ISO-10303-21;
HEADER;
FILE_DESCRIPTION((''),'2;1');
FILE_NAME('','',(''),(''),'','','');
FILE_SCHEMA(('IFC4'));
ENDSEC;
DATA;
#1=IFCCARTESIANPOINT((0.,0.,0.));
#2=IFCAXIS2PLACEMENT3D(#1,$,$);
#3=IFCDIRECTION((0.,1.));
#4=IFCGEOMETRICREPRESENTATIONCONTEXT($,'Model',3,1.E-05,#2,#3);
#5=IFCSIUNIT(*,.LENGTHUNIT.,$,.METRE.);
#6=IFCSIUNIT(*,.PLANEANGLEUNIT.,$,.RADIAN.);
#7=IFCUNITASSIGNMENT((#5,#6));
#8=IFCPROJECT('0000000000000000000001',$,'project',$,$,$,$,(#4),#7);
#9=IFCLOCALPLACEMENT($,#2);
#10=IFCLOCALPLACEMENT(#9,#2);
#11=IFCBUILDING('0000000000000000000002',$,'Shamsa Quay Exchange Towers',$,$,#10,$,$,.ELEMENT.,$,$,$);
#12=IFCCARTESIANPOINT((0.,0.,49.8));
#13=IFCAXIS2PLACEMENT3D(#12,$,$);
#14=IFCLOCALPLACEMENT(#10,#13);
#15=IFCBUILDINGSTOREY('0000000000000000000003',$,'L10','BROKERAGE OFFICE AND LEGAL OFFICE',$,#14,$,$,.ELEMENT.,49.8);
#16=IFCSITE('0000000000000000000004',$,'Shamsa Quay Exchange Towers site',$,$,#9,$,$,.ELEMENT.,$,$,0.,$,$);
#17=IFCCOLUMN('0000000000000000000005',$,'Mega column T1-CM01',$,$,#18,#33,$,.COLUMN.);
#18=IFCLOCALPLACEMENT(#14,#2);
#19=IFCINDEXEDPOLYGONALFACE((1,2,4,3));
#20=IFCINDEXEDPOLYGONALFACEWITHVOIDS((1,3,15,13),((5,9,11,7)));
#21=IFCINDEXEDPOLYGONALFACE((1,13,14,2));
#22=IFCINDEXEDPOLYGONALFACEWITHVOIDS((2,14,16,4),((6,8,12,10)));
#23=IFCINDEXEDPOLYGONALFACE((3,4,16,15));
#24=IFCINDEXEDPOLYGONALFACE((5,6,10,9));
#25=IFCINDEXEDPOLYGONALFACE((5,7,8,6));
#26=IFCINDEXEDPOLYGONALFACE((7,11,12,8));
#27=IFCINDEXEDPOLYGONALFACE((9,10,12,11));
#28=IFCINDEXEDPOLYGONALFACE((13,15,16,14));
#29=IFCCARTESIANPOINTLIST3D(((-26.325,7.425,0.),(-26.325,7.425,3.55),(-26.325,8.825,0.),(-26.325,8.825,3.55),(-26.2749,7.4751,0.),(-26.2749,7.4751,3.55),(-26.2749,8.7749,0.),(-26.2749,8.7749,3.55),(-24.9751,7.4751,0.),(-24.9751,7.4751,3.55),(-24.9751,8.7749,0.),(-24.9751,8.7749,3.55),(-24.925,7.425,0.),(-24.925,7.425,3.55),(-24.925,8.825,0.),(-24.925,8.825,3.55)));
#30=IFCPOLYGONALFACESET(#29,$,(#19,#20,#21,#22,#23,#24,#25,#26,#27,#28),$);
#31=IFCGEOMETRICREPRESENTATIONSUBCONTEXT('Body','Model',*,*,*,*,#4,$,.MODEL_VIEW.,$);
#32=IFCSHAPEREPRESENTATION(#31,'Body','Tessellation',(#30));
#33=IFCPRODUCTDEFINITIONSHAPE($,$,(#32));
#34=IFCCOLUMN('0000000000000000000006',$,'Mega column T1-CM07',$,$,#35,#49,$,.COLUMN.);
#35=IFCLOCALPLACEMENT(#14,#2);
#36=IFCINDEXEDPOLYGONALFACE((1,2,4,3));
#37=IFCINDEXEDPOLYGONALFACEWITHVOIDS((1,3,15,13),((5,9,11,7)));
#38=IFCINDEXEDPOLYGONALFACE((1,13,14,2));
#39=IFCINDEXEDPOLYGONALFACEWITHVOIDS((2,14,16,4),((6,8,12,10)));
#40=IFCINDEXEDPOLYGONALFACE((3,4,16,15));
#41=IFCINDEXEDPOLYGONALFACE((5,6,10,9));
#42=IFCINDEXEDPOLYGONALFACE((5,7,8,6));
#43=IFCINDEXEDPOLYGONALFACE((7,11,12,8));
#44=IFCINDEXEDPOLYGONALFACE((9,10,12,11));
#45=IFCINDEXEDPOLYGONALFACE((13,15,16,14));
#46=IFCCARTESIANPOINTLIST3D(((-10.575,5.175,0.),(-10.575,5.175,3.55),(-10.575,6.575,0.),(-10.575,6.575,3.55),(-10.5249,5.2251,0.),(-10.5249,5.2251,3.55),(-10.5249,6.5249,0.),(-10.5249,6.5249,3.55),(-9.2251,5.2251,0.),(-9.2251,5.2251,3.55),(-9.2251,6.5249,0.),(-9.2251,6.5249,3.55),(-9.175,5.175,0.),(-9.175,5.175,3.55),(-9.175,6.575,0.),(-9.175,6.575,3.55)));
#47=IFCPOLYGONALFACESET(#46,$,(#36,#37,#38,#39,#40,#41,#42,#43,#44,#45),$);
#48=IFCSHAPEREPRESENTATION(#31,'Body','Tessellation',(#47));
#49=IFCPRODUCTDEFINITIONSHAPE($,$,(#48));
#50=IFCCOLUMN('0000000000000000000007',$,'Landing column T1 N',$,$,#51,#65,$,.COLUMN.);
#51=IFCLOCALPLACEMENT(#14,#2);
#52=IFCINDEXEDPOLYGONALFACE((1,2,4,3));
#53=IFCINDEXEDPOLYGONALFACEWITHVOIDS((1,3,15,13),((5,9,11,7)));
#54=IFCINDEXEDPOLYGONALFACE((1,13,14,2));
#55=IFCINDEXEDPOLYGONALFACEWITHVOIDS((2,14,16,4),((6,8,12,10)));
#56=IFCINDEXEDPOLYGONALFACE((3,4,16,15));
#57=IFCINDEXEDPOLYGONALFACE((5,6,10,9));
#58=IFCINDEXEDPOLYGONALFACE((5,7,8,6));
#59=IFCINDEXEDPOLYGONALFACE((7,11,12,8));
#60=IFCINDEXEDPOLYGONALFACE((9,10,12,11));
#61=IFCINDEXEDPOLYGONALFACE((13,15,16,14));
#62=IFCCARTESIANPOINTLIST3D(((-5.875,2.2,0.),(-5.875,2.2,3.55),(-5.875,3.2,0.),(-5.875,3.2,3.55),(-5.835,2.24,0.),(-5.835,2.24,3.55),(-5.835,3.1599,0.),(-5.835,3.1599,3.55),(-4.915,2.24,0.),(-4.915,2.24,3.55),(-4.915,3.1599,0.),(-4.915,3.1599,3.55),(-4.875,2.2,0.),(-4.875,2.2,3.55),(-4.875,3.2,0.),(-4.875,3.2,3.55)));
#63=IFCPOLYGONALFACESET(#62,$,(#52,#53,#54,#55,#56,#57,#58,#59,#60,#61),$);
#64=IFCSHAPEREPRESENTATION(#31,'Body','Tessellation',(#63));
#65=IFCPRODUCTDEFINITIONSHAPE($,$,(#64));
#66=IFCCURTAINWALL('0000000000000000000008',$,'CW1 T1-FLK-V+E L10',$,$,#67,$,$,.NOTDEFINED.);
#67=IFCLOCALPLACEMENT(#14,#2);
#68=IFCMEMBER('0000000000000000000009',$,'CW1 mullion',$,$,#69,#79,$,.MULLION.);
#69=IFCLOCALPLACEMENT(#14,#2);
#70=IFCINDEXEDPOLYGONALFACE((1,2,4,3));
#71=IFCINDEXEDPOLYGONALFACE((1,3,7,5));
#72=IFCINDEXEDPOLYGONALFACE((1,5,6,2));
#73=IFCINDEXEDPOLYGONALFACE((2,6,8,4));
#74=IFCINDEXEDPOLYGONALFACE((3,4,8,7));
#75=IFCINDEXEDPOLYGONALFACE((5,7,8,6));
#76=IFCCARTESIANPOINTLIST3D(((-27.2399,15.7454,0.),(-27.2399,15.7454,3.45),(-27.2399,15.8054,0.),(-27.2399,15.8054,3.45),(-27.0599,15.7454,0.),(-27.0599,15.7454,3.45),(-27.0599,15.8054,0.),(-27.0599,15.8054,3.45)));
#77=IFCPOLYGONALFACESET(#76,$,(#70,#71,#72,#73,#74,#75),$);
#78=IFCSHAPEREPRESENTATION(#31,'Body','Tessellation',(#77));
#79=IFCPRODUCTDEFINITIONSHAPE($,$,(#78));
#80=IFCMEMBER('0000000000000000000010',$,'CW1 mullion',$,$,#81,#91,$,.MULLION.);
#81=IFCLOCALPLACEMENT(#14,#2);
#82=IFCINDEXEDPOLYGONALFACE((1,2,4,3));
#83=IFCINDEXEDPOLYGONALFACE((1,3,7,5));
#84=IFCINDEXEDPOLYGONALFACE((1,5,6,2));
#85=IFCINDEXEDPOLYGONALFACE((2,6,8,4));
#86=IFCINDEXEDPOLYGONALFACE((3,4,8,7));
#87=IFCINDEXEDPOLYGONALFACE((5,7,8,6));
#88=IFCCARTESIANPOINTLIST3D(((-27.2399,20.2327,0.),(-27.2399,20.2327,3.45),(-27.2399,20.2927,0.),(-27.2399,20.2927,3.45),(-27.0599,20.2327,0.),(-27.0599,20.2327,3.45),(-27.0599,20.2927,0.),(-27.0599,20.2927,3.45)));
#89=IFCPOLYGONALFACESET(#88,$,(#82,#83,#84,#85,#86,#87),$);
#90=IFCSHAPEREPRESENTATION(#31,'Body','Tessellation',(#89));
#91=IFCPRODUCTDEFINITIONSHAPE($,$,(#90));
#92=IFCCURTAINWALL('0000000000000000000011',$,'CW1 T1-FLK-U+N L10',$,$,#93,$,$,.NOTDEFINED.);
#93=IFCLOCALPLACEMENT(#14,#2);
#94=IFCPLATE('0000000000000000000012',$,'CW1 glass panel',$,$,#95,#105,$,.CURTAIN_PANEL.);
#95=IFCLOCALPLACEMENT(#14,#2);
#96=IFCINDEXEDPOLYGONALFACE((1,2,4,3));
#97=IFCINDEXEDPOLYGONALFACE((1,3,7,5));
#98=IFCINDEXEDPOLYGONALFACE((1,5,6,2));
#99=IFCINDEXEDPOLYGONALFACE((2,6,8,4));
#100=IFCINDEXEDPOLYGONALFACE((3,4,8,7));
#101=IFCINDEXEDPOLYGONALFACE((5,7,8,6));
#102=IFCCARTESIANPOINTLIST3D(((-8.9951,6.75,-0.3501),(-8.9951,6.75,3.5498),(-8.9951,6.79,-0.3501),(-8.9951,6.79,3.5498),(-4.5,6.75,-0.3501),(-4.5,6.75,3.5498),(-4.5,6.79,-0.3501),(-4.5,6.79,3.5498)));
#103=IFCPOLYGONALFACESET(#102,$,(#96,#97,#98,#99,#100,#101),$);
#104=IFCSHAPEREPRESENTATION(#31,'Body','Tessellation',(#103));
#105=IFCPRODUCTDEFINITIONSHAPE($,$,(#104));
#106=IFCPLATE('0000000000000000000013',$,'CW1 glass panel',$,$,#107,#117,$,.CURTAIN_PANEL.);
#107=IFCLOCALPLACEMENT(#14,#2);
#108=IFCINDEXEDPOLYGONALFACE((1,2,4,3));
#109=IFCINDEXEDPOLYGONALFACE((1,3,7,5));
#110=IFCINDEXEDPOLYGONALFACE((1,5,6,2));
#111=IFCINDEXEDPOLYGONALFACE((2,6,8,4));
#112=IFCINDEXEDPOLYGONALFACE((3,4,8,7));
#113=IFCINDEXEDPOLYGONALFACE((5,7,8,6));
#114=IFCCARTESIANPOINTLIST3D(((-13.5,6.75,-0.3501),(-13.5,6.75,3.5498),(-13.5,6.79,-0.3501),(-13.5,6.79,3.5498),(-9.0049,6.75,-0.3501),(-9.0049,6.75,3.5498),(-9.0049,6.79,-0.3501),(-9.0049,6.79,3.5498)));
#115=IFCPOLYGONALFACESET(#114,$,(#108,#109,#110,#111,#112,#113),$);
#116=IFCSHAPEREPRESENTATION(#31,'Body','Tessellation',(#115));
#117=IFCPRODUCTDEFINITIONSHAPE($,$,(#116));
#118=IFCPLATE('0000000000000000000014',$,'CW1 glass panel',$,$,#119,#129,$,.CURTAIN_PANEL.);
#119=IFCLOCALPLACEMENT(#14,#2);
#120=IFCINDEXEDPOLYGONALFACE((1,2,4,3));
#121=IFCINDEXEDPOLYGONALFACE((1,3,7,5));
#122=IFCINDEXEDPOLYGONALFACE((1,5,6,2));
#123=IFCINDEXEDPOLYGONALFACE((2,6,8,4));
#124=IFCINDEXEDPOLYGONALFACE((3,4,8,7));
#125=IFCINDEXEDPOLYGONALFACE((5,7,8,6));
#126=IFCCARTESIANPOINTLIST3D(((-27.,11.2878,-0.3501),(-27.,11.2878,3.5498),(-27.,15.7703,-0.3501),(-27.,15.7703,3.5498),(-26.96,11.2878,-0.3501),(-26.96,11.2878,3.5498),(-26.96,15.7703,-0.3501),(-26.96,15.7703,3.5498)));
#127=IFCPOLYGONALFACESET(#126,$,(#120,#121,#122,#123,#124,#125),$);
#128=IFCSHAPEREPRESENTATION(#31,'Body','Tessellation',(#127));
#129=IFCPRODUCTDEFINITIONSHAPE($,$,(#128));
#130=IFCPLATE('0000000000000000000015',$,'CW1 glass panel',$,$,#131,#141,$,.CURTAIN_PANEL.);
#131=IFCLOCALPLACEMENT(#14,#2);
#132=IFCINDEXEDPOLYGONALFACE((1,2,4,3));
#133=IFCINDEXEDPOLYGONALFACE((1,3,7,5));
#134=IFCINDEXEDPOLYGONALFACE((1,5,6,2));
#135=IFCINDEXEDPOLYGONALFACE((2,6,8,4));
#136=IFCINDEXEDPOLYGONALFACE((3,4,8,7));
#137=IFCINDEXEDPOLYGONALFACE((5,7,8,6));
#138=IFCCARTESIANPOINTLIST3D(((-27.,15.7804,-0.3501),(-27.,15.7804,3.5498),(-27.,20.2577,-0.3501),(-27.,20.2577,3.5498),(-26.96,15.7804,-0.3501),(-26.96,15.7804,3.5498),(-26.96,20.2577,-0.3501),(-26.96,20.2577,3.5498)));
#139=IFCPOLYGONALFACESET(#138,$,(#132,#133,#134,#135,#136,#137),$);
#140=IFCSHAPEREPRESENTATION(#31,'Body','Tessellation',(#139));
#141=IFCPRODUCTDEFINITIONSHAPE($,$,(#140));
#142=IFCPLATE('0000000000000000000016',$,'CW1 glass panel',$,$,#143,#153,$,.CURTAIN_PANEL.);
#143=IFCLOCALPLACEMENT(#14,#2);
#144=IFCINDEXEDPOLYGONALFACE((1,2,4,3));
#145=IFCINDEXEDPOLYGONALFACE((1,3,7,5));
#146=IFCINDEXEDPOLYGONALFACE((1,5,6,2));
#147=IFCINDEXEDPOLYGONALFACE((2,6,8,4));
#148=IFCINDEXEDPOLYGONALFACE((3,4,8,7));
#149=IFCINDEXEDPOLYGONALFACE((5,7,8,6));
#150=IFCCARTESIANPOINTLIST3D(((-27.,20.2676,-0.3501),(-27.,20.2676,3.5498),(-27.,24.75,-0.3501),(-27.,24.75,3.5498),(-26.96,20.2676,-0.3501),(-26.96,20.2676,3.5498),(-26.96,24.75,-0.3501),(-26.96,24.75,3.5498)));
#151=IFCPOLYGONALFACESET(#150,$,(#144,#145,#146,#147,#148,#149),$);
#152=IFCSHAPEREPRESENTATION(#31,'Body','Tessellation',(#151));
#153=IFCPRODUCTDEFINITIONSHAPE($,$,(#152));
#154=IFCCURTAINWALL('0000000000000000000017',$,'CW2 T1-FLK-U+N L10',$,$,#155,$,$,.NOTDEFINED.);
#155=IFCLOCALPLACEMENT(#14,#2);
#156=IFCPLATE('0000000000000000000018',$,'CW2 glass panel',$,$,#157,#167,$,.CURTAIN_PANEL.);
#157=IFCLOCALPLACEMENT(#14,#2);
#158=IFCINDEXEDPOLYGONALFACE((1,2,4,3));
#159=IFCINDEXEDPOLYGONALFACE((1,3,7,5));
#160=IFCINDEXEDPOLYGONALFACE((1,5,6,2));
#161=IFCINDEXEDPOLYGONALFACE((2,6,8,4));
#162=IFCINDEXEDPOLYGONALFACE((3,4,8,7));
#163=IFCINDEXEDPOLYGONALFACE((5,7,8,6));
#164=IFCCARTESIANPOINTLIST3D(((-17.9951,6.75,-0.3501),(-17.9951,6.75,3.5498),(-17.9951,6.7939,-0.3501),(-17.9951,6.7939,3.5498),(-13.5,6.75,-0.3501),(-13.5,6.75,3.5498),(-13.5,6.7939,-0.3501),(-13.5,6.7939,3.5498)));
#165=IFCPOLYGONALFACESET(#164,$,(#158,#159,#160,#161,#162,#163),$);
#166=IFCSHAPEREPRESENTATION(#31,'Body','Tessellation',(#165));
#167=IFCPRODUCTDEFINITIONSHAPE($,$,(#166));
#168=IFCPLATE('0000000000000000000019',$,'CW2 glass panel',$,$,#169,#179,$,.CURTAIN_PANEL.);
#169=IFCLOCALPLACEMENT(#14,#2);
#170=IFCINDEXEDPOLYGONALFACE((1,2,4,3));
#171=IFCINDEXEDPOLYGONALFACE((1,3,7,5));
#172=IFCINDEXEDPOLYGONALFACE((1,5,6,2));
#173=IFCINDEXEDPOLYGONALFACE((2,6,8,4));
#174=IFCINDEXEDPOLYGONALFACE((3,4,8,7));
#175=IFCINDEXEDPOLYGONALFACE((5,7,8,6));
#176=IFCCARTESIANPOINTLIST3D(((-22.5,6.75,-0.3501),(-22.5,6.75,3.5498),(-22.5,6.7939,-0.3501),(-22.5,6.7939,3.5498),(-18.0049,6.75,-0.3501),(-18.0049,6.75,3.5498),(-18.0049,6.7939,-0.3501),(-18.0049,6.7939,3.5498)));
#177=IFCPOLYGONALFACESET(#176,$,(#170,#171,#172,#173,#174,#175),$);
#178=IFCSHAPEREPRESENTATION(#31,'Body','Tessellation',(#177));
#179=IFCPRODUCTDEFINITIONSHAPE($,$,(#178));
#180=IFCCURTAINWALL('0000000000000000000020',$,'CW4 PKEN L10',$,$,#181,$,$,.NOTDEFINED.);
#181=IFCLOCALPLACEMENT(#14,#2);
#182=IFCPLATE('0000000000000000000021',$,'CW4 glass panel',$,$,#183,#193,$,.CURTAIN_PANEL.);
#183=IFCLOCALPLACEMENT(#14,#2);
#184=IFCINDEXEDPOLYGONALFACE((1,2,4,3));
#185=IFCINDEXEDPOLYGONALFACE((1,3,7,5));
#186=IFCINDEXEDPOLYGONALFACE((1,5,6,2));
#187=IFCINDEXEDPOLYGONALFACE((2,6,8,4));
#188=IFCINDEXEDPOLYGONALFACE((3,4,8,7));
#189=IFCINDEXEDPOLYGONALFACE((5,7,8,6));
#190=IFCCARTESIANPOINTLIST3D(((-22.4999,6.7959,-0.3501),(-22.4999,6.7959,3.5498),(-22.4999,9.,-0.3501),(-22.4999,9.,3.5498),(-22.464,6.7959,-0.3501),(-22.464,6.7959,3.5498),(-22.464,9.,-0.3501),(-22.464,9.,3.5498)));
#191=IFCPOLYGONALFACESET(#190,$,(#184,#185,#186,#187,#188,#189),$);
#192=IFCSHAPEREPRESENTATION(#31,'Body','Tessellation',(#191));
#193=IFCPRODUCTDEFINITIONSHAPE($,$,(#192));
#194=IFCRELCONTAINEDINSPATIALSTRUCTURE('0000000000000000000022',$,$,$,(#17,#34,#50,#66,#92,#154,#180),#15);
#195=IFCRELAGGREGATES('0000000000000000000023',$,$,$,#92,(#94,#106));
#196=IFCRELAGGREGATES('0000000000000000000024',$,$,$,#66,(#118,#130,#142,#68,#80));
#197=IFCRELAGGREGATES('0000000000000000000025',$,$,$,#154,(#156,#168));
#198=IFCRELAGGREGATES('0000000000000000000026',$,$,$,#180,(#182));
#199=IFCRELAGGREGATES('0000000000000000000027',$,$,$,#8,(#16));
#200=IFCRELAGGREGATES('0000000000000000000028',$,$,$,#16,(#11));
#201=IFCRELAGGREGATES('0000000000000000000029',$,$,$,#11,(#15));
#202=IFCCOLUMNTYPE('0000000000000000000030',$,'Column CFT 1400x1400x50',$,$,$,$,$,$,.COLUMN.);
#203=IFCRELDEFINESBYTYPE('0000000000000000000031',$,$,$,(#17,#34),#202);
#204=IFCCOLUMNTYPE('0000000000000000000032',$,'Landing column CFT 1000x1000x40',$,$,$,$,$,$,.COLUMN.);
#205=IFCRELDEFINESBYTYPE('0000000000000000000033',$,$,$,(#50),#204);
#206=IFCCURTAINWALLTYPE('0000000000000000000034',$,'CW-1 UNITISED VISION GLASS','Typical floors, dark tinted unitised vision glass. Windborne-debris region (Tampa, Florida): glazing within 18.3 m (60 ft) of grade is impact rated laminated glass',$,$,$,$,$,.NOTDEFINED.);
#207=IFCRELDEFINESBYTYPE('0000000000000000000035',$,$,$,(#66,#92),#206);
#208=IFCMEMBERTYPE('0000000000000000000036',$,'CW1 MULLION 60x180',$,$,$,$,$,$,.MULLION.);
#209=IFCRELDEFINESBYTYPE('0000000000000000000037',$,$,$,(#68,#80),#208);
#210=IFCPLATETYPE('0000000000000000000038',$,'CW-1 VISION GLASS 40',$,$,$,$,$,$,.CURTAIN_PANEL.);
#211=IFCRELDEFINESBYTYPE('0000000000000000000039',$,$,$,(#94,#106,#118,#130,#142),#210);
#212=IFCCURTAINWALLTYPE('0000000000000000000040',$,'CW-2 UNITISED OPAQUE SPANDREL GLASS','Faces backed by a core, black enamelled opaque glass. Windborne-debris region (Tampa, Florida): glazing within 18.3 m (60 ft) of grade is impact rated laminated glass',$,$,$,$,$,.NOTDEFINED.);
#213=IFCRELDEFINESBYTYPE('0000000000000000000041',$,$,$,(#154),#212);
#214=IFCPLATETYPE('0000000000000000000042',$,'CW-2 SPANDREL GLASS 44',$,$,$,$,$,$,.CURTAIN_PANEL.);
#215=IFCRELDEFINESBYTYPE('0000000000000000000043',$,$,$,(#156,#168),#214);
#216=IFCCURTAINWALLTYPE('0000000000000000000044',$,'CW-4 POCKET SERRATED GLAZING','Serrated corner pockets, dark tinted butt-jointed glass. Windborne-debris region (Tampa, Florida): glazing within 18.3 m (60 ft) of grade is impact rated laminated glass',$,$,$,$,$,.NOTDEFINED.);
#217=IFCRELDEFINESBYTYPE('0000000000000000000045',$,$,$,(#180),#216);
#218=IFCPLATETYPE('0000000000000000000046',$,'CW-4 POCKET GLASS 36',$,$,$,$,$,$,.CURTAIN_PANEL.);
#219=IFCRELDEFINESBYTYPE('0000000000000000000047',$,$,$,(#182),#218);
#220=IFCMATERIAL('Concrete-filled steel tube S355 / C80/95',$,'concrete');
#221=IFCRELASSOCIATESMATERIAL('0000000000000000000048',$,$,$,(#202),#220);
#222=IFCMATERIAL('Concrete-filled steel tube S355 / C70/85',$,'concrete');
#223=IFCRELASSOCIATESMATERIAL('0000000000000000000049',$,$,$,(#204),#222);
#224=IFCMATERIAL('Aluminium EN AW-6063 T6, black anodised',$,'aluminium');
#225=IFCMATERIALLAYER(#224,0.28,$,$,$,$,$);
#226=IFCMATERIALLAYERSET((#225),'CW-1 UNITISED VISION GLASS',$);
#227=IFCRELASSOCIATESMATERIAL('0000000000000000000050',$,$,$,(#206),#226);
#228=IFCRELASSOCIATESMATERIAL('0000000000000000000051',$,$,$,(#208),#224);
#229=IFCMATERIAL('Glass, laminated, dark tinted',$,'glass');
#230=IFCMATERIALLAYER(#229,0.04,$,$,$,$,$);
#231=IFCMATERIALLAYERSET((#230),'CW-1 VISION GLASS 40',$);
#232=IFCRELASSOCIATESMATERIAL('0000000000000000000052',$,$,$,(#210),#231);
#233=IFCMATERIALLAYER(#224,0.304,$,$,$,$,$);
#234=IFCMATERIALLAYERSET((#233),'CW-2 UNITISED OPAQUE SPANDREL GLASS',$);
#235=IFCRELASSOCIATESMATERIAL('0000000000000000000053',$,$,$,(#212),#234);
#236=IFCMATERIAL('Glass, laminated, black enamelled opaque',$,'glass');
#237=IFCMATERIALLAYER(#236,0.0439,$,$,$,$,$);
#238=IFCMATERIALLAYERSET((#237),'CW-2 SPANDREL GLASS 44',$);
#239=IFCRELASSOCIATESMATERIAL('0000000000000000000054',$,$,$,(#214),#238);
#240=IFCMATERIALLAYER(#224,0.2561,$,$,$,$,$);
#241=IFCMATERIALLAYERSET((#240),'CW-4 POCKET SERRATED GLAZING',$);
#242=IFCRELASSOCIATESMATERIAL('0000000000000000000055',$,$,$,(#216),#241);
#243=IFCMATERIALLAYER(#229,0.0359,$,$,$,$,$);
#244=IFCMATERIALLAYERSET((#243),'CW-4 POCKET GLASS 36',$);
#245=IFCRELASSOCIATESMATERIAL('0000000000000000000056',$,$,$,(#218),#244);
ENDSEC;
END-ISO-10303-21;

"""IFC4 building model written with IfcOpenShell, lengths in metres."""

from ifc_helpers import new_model, si_unit, direction, frame, origin, origin_2d, place, context, subcontext, project, spatial, rectangle, hollow_rectangle, extrude, material, layer, layer_set, material_profile, profile_set, type_object, element, aggregate, save


model = new_model("IFC4")

# Units and contexts
model_context = context("Model", 3, precision=1e-05, world=origin(), true_north=direction((0.0, 1.0)))
body_context = subcontext(model_context, "Body", "Model", "MODEL_VIEW")
ifc_project = project(units=[si_unit("LENGTHUNIT", "METRE"), si_unit("PLANEANGLEUNIT", "RADIAN")], contexts=[model_context])

# Site, building, storey
site_placement = place(None, origin())
site = spatial("IfcSite", under=ifc_project, at=site_placement, Name="Shamsa Quay Exchange Towers site", CompositionType="ELEMENT", RefElevation=0.0)
building_placement = place(site_placement, origin())
building = spatial("IfcBuilding", under=site, at=building_placement, Name="Shamsa Quay Exchange Towers", CompositionType="ELEMENT")
storey_placement = place(building_placement, frame((0.0, 0.0, 49.8)))
storey = spatial("IfcBuildingStorey", under=building, at=storey_placement, Name="L10", Description="BROKERAGE OFFICE AND LEGAL OFFICE", CompositionType="ELEMENT", Elevation=49.8)

# Columns
ifc_material_1 = material(Name="Concrete-filled steel tube S355 / C80/95", Category="concrete")
ifc_material_profile_1 = material_profile(ifc_material_1, hollow_rectangle(XDim=1.3999, YDim=1.3999, WallThickness=0.05, at=origin_2d()), Name="CFT 1400x1400x50")
ifc_profile_set_1 = profile_set([ifc_material_profile_1], Name="Concrete-filled steel tube S355 / C80/95")
column_type_1 = type_object("IfcColumnType", Name="Column CFT 1400x1400x50", PredefinedType="COLUMN", material=ifc_profile_set_1)
for number, where, name in (
    (1, (-25.625, 8.125, 0.0), "Mega column T1-CM01"),
    (2, (-9.875, 5.875, 0.0), "Mega column T1-CM07"),
):
    element("IfcColumn", number, at=place(storey_placement, frame(where)), inside=storey, type_object=column_type_1, Name=name, PredefinedType="COLUMN", context=body_context, shape_type="SweptSolid", body=[
        extrude(hollow_rectangle(XDim=1.3999, YDim=1.3999, WallThickness=0.05, at=origin_2d()), origin(), (0.0, 0.0, 1.0), 3.55),
    ])
ifc_material_2 = material(Name="Concrete-filled steel tube S355 / C70/85", Category="concrete")
ifc_material_profile_2 = material_profile(ifc_material_2, hollow_rectangle(XDim=1.0, YDim=1.0, WallThickness=0.04, at=origin_2d()), Name="CFT 1000x1000x40")
ifc_profile_set_2 = profile_set([ifc_material_profile_2], Name="Concrete-filled steel tube S355 / C70/85")
column_type_2 = type_object("IfcColumnType", Name="Landing column CFT 1000x1000x40", PredefinedType="COLUMN", material=ifc_profile_set_2)
column_placement = place(storey_placement, frame((-5.375, 2.7, 0.0)))
element("IfcColumn", 3, at=column_placement, inside=storey, type_object=column_type_2, Name="Landing column T1 N", PredefinedType="COLUMN", context=body_context, shape_type="SweptSolid", body=[
    extrude(hollow_rectangle(XDim=1.0, YDim=1.0, WallThickness=0.04, at=origin_2d()), origin(), (0.0, 0.0, 1.0), 3.55),
])

# Curtain wall, members
ifc_material_3 = material(Name="Aluminium EN AW-6063 T6, black anodised", Category="aluminium")
ifc_layer_1 = layer(ifc_material_3, 0.28)
ifc_layer_set_1 = layer_set([ifc_layer_1], Name="CW-1 UNITISED VISION GLASS")
curtain_wall_type_1 = type_object("IfcCurtainWallType", Name="CW-1 UNITISED VISION GLASS", Description="Typical floors, dark tinted unitised vision glass. Windborne-debris region (Tampa, Florida): glazing within 18.3 m (60 ft) of grade is impact rated laminated glass", PredefinedType="NOTDEFINED", material=ifc_layer_set_1)
curtain_wall_1_placement = place(storey_placement, origin())
curtain_wall_1 = element("IfcCurtainWall", 4, at=curtain_wall_1_placement, inside=storey, type_object=curtain_wall_type_1, Name="CW1 T1-FLK-V+E L10", PredefinedType="NOTDEFINED")
ifc_material_profile_3 = material_profile(ifc_material_3, rectangle(XDim=0.1799, YDim=0.0601, at=origin_2d()), Name="MU60x180")
ifc_profile_set_3 = profile_set([ifc_material_profile_3], Name="Aluminium EN AW-6063 T6, black anodised")
member_type = type_object("IfcMemberType", Name="CW1 MULLION 60x180", PredefinedType="MULLION", material=ifc_profile_set_3)
member_1_placement = place(storey_placement, frame((-27.1499, 15.7754, 0.0), z_axis=(0.0, 0.0, 1.0), x_axis=(-1.0, 0.0, 0.0)))
member_1 = element("IfcMember", 5, at=member_1_placement, type_object=member_type, Name="CW1 mullion", PredefinedType="MULLION", context=body_context, shape_type="SweptSolid", body=[
    extrude(rectangle(XDim=0.1799, YDim=0.0601, at=origin_2d()), origin(), (0.0, 0.0, 1.0), 3.45),
])
member_2_placement = place(storey_placement, frame((-27.1499, 20.2627, 0.0), z_axis=(0.0, 0.0, 1.0), x_axis=(-1.0, 0.0, 0.0)))
member_2 = element("IfcMember", 6, at=member_2_placement, type_object=member_type, Name="CW1 mullion", PredefinedType="MULLION", context=body_context, shape_type="SweptSolid", body=[
    extrude(rectangle(XDim=0.1799, YDim=0.0601, at=origin_2d()), origin(), (0.0, 0.0, 1.0), 3.45),
])

# Curtain wall, plates
curtain_wall_2_placement = place(storey_placement, origin())
curtain_wall_2 = element("IfcCurtainWall", 7, at=curtain_wall_2_placement, inside=storey, type_object=curtain_wall_type_1, Name="CW1 T1-FLK-U+N L10", PredefinedType="NOTDEFINED")
ifc_material_4 = material(Name="Glass, laminated, dark tinted", Category="glass")
ifc_layer_2 = layer(ifc_material_4, 0.04)
ifc_layer_set_2 = layer_set([ifc_layer_2], Name="CW-1 VISION GLASS 40")
plate_type_1 = type_object("IfcPlateType", Name="CW-1 VISION GLASS 40", PredefinedType="CURTAIN_PANEL", material=ifc_layer_set_2)
plate_1_placement = place(storey_placement, frame((-6.7476, 6.77, -0.3501), z_axis=(0.0, 0.0, 1.0), x_axis=(-1.0, 0.0, 0.0)))
plate_1 = element("IfcPlate", 8, at=plate_1_placement, type_object=plate_type_1, Name="CW1 glass panel", PredefinedType="CURTAIN_PANEL", context=body_context, shape_type="SweptSolid", body=[
    extrude(rectangle(XDim=4.4951, YDim=0.04, at=origin_2d()), origin(), (0.0, 0.0, 1.0), 3.8999),
])
plate_2_placement = place(storey_placement, frame((-11.2524, 6.77, -0.3501), z_axis=(0.0, 0.0, 1.0), x_axis=(-1.0, 0.0, 0.0)))
plate_2 = element("IfcPlate", 9, at=plate_2_placement, type_object=plate_type_1, Name="CW1 glass panel", PredefinedType="CURTAIN_PANEL", context=body_context, shape_type="SweptSolid", body=[
    extrude(rectangle(XDim=4.4951, YDim=0.04, at=origin_2d()), origin(), (0.0, 0.0, 1.0), 3.8999),
])
aggregate(curtain_wall_2, [plate_1, plate_2])

# Plates
plate_3_placement = place(storey_placement, frame((-26.98, 13.5291, -0.3501), z_axis=(0.0, 0.0, 1.0), x_axis=(0.0, 1.0, 0.0)))
plate_3 = element("IfcPlate", 10, at=plate_3_placement, type_object=plate_type_1, Name="CW1 glass panel", PredefinedType="CURTAIN_PANEL", context=body_context, shape_type="SweptSolid", body=[
    extrude(rectangle(XDim=4.4824, YDim=0.04, at=origin_2d()), origin(), (0.0, 0.0, 1.0), 3.8999),
])
plate_4_placement = place(storey_placement, frame((-26.98, 18.019, -0.3501), z_axis=(0.0, 0.0, 1.0), x_axis=(0.0, 1.0, 0.0)))
plate_4 = element("IfcPlate", 11, at=plate_4_placement, type_object=plate_type_1, Name="CW1 glass panel", PredefinedType="CURTAIN_PANEL", context=body_context, shape_type="SweptSolid", body=[
    extrude(rectangle(XDim=4.4773, YDim=0.04, at=origin_2d()), origin(), (0.0, 0.0, 1.0), 3.8999),
])
plate_5_placement = place(storey_placement, frame((-26.98, 22.5088, -0.3501), z_axis=(0.0, 0.0, 1.0), x_axis=(0.0, 1.0, 0.0)))
plate_5 = element("IfcPlate", 12, at=plate_5_placement, type_object=plate_type_1, Name="CW1 glass panel", PredefinedType="CURTAIN_PANEL", context=body_context, shape_type="SweptSolid", body=[
    extrude(rectangle(XDim=4.4824, YDim=0.04, at=origin_2d()), origin(), (0.0, 0.0, 1.0), 3.8999),
])
aggregate(curtain_wall_1, [plate_3, plate_4, plate_5, member_1, member_2])

# Curtain walls, plates
ifc_layer_3 = layer(ifc_material_3, 0.304)
ifc_layer_set_3 = layer_set([ifc_layer_3], Name="CW-2 UNITISED OPAQUE SPANDREL GLASS")
curtain_wall_type_2 = type_object("IfcCurtainWallType", Name="CW-2 UNITISED OPAQUE SPANDREL GLASS", Description="Faces backed by a core, black enamelled opaque glass. Windborne-debris region (Tampa, Florida): glazing within 18.3 m (60 ft) of grade is impact rated laminated glass", PredefinedType="NOTDEFINED", material=ifc_layer_set_3)
curtain_wall_3_placement = place(storey_placement, origin())
curtain_wall_3 = element("IfcCurtainWall", 13, at=curtain_wall_3_placement, inside=storey, type_object=curtain_wall_type_2, Name="CW2 T1-FLK-U+N L10", PredefinedType="NOTDEFINED")
ifc_material_5 = material(Name="Glass, laminated, black enamelled opaque", Category="glass")
ifc_layer_4 = layer(ifc_material_5, 0.0439)
ifc_layer_set_4 = layer_set([ifc_layer_4], Name="CW-2 SPANDREL GLASS 44")
plate_type_2 = type_object("IfcPlateType", Name="CW-2 SPANDREL GLASS 44", PredefinedType="CURTAIN_PANEL", material=ifc_layer_set_4)
plate_6_placement = place(storey_placement, frame((-15.7476, 6.772, -0.3501), z_axis=(0.0, 0.0, 1.0), x_axis=(-1.0, 0.0, 0.0)))
plate_6 = element("IfcPlate", 14, at=plate_6_placement, type_object=plate_type_2, Name="CW2 glass panel", PredefinedType="CURTAIN_PANEL", context=body_context, shape_type="SweptSolid", body=[
    extrude(rectangle(XDim=4.4951, YDim=0.0439, at=origin_2d()), origin(), (0.0, 0.0, 1.0), 3.8999),
])
plate_7_placement = place(storey_placement, frame((-20.2524, 6.772, -0.3501), z_axis=(0.0, 0.0, 1.0), x_axis=(-1.0, 0.0, 0.0)))
plate_7 = element("IfcPlate", 15, at=plate_7_placement, type_object=plate_type_2, Name="CW2 glass panel", PredefinedType="CURTAIN_PANEL", context=body_context, shape_type="SweptSolid", body=[
    extrude(rectangle(XDim=4.4951, YDim=0.0439, at=origin_2d()), origin(), (0.0, 0.0, 1.0), 3.8999),
])
aggregate(curtain_wall_3, [plate_6, plate_7])
ifc_layer_5 = layer(ifc_material_3, 0.2561)
ifc_layer_set_5 = layer_set([ifc_layer_5], Name="CW-4 POCKET SERRATED GLAZING")
curtain_wall_type_3 = type_object("IfcCurtainWallType", Name="CW-4 POCKET SERRATED GLAZING", Description="Serrated corner pockets, dark tinted butt-jointed glass. Windborne-debris region (Tampa, Florida): glazing within 18.3 m (60 ft) of grade is impact rated laminated glass", PredefinedType="NOTDEFINED", material=ifc_layer_set_5)
curtain_wall_4_placement = place(storey_placement, origin())
curtain_wall_4 = element("IfcCurtainWall", 16, at=curtain_wall_4_placement, inside=storey, type_object=curtain_wall_type_3, Name="CW4 PKEN L10", PredefinedType="NOTDEFINED")
ifc_layer_6 = layer(ifc_material_4, 0.0359)
ifc_layer_set_6 = layer_set([ifc_layer_6], Name="CW-4 POCKET GLASS 36")
plate_type_3 = type_object("IfcPlateType", Name="CW-4 POCKET GLASS 36", PredefinedType="CURTAIN_PANEL", material=ifc_layer_set_6)
plate_8_placement = place(storey_placement, frame((-22.4819, 7.8979, -0.3501), z_axis=(0.0, 0.0, 1.0), x_axis=(0.0, 1.0, 0.0)))
plate_8 = element("IfcPlate", 17, at=plate_8_placement, type_object=plate_type_3, Name="CW4 glass panel", PredefinedType="CURTAIN_PANEL", context=body_context, shape_type="SweptSolid", body=[
    extrude(rectangle(XDim=2.2041, YDim=0.0359, at=origin_2d()), origin(), (0.0, 0.0, 1.0), 3.8999),
])
aggregate(curtain_wall_4, [plate_8])

save(model, "model.ifc")
